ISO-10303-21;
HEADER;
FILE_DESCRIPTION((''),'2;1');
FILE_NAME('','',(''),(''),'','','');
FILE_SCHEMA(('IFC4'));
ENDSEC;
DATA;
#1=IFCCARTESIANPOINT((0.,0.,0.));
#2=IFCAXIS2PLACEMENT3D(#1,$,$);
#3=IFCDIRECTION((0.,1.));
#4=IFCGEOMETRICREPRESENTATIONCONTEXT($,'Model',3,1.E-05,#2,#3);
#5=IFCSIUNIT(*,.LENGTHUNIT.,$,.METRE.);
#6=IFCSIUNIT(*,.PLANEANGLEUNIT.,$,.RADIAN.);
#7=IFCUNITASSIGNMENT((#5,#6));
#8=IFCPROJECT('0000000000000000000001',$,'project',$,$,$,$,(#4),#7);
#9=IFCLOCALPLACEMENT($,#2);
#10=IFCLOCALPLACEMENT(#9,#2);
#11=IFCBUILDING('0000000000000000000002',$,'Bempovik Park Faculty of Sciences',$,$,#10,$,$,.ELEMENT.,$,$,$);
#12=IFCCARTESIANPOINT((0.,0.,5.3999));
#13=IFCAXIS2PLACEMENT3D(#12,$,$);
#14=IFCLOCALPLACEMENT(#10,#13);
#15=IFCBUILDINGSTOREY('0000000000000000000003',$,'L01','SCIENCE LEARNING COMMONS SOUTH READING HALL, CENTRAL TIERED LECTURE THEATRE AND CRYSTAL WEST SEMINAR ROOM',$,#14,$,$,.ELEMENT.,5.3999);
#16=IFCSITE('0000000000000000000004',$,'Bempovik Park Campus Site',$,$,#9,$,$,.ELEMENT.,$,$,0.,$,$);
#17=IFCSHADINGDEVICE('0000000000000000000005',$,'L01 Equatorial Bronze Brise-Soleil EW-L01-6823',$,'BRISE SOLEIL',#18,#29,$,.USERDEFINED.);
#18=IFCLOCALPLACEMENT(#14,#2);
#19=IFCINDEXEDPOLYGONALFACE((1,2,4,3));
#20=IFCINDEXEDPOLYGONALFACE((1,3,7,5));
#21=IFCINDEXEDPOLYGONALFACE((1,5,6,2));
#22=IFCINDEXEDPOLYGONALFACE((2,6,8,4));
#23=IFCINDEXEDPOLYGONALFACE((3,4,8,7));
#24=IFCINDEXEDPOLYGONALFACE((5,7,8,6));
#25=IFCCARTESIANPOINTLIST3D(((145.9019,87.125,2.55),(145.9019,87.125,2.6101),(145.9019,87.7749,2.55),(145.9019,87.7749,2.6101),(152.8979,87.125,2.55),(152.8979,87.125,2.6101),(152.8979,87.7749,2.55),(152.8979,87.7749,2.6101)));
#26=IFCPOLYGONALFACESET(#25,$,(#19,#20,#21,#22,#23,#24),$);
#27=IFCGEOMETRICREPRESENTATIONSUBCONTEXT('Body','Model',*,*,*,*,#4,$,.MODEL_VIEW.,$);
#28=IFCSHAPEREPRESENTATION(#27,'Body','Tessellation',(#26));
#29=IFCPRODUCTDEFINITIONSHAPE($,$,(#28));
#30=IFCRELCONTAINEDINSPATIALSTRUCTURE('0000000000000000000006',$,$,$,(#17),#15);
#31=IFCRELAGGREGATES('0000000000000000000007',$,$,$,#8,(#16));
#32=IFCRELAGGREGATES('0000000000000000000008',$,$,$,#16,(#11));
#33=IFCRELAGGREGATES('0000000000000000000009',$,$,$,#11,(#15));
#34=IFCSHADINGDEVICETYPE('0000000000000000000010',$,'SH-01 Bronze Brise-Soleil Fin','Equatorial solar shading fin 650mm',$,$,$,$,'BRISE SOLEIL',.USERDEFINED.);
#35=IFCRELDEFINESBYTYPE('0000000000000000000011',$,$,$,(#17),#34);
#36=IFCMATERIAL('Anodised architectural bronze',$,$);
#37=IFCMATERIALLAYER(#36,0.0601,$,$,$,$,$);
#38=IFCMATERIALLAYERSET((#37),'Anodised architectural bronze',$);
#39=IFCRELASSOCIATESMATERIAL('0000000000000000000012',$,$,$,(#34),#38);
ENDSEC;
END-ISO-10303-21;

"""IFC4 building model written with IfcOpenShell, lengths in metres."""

from ifc_helpers import new_model, si_unit, direction, frame, origin, origin_2d, place, context, subcontext, project, spatial, rectangle, extrude, material, layer, layer_set, type_object, element, save


model = new_model("IFC4")

# Units and contexts
model_context = context("Model", 3, precision=1e-05, world=origin(), true_north=direction((0.0, 1.0)))
body_context = subcontext(model_context, "Body", "Model", "MODEL_VIEW")
ifc_project = project(units=[si_unit("LENGTHUNIT", "METRE"), si_unit("PLANEANGLEUNIT", "RADIAN")], contexts=[model_context])

# Site, building, storey
site_placement = place(None, origin())
site = spatial("IfcSite", under=ifc_project, at=site_placement, Name="Bempovik Park Campus Site", CompositionType="ELEMENT", RefElevation=0.0)
building_placement = place(site_placement, origin())
building = spatial("IfcBuilding", under=site, at=building_placement, Name="Bempovik Park Faculty of Sciences", CompositionType="ELEMENT")
storey_placement = place(building_placement, frame((0.0, 0.0, 5.3999)))
storey = spatial("IfcBuildingStorey", under=building, at=storey_placement, Name="L01", Description="SCIENCE LEARNING COMMONS SOUTH READING HALL, CENTRAL TIERED LECTURE THEATRE AND CRYSTAL WEST SEMINAR ROOM", CompositionType="ELEMENT", Elevation=5.3999)

# Shading device
ifc_material_1 = material(Name="Anodised architectural bronze")
ifc_layer_1 = layer(ifc_material_1, 0.0601)
ifc_layer_set_1 = layer_set([ifc_layer_1], Name="Anodised architectural bronze")
shading_device_type = type_object("IfcShadingDeviceType", Name="SH-01 Bronze Brise-Soleil Fin", Description="Equatorial solar shading fin 650mm", ElementType="BRISE SOLEIL", PredefinedType="USERDEFINED", material=ifc_layer_set_1)
shading_device_placement = place(storey_placement, frame((149.3999, 87.45, 2.55), z_axis=(0.0, 0.0, 1.0), x_axis=(1.0, 0.0, 0.0)))
element("IfcShadingDevice", 1, at=shading_device_placement, inside=storey, type_object=shading_device_type, Name="L01 Equatorial Bronze Brise-Soleil EW-L01-6823", ObjectType="BRISE SOLEIL", PredefinedType="USERDEFINED", context=body_context, shape_type="SweptSolid", body=[
    extrude(rectangle(XDim=6.9961, YDim=0.6499, at=origin_2d()), origin(), (0.0, 0.0, 1.0), 0.0601),
])

save(model, "model.ifc")
